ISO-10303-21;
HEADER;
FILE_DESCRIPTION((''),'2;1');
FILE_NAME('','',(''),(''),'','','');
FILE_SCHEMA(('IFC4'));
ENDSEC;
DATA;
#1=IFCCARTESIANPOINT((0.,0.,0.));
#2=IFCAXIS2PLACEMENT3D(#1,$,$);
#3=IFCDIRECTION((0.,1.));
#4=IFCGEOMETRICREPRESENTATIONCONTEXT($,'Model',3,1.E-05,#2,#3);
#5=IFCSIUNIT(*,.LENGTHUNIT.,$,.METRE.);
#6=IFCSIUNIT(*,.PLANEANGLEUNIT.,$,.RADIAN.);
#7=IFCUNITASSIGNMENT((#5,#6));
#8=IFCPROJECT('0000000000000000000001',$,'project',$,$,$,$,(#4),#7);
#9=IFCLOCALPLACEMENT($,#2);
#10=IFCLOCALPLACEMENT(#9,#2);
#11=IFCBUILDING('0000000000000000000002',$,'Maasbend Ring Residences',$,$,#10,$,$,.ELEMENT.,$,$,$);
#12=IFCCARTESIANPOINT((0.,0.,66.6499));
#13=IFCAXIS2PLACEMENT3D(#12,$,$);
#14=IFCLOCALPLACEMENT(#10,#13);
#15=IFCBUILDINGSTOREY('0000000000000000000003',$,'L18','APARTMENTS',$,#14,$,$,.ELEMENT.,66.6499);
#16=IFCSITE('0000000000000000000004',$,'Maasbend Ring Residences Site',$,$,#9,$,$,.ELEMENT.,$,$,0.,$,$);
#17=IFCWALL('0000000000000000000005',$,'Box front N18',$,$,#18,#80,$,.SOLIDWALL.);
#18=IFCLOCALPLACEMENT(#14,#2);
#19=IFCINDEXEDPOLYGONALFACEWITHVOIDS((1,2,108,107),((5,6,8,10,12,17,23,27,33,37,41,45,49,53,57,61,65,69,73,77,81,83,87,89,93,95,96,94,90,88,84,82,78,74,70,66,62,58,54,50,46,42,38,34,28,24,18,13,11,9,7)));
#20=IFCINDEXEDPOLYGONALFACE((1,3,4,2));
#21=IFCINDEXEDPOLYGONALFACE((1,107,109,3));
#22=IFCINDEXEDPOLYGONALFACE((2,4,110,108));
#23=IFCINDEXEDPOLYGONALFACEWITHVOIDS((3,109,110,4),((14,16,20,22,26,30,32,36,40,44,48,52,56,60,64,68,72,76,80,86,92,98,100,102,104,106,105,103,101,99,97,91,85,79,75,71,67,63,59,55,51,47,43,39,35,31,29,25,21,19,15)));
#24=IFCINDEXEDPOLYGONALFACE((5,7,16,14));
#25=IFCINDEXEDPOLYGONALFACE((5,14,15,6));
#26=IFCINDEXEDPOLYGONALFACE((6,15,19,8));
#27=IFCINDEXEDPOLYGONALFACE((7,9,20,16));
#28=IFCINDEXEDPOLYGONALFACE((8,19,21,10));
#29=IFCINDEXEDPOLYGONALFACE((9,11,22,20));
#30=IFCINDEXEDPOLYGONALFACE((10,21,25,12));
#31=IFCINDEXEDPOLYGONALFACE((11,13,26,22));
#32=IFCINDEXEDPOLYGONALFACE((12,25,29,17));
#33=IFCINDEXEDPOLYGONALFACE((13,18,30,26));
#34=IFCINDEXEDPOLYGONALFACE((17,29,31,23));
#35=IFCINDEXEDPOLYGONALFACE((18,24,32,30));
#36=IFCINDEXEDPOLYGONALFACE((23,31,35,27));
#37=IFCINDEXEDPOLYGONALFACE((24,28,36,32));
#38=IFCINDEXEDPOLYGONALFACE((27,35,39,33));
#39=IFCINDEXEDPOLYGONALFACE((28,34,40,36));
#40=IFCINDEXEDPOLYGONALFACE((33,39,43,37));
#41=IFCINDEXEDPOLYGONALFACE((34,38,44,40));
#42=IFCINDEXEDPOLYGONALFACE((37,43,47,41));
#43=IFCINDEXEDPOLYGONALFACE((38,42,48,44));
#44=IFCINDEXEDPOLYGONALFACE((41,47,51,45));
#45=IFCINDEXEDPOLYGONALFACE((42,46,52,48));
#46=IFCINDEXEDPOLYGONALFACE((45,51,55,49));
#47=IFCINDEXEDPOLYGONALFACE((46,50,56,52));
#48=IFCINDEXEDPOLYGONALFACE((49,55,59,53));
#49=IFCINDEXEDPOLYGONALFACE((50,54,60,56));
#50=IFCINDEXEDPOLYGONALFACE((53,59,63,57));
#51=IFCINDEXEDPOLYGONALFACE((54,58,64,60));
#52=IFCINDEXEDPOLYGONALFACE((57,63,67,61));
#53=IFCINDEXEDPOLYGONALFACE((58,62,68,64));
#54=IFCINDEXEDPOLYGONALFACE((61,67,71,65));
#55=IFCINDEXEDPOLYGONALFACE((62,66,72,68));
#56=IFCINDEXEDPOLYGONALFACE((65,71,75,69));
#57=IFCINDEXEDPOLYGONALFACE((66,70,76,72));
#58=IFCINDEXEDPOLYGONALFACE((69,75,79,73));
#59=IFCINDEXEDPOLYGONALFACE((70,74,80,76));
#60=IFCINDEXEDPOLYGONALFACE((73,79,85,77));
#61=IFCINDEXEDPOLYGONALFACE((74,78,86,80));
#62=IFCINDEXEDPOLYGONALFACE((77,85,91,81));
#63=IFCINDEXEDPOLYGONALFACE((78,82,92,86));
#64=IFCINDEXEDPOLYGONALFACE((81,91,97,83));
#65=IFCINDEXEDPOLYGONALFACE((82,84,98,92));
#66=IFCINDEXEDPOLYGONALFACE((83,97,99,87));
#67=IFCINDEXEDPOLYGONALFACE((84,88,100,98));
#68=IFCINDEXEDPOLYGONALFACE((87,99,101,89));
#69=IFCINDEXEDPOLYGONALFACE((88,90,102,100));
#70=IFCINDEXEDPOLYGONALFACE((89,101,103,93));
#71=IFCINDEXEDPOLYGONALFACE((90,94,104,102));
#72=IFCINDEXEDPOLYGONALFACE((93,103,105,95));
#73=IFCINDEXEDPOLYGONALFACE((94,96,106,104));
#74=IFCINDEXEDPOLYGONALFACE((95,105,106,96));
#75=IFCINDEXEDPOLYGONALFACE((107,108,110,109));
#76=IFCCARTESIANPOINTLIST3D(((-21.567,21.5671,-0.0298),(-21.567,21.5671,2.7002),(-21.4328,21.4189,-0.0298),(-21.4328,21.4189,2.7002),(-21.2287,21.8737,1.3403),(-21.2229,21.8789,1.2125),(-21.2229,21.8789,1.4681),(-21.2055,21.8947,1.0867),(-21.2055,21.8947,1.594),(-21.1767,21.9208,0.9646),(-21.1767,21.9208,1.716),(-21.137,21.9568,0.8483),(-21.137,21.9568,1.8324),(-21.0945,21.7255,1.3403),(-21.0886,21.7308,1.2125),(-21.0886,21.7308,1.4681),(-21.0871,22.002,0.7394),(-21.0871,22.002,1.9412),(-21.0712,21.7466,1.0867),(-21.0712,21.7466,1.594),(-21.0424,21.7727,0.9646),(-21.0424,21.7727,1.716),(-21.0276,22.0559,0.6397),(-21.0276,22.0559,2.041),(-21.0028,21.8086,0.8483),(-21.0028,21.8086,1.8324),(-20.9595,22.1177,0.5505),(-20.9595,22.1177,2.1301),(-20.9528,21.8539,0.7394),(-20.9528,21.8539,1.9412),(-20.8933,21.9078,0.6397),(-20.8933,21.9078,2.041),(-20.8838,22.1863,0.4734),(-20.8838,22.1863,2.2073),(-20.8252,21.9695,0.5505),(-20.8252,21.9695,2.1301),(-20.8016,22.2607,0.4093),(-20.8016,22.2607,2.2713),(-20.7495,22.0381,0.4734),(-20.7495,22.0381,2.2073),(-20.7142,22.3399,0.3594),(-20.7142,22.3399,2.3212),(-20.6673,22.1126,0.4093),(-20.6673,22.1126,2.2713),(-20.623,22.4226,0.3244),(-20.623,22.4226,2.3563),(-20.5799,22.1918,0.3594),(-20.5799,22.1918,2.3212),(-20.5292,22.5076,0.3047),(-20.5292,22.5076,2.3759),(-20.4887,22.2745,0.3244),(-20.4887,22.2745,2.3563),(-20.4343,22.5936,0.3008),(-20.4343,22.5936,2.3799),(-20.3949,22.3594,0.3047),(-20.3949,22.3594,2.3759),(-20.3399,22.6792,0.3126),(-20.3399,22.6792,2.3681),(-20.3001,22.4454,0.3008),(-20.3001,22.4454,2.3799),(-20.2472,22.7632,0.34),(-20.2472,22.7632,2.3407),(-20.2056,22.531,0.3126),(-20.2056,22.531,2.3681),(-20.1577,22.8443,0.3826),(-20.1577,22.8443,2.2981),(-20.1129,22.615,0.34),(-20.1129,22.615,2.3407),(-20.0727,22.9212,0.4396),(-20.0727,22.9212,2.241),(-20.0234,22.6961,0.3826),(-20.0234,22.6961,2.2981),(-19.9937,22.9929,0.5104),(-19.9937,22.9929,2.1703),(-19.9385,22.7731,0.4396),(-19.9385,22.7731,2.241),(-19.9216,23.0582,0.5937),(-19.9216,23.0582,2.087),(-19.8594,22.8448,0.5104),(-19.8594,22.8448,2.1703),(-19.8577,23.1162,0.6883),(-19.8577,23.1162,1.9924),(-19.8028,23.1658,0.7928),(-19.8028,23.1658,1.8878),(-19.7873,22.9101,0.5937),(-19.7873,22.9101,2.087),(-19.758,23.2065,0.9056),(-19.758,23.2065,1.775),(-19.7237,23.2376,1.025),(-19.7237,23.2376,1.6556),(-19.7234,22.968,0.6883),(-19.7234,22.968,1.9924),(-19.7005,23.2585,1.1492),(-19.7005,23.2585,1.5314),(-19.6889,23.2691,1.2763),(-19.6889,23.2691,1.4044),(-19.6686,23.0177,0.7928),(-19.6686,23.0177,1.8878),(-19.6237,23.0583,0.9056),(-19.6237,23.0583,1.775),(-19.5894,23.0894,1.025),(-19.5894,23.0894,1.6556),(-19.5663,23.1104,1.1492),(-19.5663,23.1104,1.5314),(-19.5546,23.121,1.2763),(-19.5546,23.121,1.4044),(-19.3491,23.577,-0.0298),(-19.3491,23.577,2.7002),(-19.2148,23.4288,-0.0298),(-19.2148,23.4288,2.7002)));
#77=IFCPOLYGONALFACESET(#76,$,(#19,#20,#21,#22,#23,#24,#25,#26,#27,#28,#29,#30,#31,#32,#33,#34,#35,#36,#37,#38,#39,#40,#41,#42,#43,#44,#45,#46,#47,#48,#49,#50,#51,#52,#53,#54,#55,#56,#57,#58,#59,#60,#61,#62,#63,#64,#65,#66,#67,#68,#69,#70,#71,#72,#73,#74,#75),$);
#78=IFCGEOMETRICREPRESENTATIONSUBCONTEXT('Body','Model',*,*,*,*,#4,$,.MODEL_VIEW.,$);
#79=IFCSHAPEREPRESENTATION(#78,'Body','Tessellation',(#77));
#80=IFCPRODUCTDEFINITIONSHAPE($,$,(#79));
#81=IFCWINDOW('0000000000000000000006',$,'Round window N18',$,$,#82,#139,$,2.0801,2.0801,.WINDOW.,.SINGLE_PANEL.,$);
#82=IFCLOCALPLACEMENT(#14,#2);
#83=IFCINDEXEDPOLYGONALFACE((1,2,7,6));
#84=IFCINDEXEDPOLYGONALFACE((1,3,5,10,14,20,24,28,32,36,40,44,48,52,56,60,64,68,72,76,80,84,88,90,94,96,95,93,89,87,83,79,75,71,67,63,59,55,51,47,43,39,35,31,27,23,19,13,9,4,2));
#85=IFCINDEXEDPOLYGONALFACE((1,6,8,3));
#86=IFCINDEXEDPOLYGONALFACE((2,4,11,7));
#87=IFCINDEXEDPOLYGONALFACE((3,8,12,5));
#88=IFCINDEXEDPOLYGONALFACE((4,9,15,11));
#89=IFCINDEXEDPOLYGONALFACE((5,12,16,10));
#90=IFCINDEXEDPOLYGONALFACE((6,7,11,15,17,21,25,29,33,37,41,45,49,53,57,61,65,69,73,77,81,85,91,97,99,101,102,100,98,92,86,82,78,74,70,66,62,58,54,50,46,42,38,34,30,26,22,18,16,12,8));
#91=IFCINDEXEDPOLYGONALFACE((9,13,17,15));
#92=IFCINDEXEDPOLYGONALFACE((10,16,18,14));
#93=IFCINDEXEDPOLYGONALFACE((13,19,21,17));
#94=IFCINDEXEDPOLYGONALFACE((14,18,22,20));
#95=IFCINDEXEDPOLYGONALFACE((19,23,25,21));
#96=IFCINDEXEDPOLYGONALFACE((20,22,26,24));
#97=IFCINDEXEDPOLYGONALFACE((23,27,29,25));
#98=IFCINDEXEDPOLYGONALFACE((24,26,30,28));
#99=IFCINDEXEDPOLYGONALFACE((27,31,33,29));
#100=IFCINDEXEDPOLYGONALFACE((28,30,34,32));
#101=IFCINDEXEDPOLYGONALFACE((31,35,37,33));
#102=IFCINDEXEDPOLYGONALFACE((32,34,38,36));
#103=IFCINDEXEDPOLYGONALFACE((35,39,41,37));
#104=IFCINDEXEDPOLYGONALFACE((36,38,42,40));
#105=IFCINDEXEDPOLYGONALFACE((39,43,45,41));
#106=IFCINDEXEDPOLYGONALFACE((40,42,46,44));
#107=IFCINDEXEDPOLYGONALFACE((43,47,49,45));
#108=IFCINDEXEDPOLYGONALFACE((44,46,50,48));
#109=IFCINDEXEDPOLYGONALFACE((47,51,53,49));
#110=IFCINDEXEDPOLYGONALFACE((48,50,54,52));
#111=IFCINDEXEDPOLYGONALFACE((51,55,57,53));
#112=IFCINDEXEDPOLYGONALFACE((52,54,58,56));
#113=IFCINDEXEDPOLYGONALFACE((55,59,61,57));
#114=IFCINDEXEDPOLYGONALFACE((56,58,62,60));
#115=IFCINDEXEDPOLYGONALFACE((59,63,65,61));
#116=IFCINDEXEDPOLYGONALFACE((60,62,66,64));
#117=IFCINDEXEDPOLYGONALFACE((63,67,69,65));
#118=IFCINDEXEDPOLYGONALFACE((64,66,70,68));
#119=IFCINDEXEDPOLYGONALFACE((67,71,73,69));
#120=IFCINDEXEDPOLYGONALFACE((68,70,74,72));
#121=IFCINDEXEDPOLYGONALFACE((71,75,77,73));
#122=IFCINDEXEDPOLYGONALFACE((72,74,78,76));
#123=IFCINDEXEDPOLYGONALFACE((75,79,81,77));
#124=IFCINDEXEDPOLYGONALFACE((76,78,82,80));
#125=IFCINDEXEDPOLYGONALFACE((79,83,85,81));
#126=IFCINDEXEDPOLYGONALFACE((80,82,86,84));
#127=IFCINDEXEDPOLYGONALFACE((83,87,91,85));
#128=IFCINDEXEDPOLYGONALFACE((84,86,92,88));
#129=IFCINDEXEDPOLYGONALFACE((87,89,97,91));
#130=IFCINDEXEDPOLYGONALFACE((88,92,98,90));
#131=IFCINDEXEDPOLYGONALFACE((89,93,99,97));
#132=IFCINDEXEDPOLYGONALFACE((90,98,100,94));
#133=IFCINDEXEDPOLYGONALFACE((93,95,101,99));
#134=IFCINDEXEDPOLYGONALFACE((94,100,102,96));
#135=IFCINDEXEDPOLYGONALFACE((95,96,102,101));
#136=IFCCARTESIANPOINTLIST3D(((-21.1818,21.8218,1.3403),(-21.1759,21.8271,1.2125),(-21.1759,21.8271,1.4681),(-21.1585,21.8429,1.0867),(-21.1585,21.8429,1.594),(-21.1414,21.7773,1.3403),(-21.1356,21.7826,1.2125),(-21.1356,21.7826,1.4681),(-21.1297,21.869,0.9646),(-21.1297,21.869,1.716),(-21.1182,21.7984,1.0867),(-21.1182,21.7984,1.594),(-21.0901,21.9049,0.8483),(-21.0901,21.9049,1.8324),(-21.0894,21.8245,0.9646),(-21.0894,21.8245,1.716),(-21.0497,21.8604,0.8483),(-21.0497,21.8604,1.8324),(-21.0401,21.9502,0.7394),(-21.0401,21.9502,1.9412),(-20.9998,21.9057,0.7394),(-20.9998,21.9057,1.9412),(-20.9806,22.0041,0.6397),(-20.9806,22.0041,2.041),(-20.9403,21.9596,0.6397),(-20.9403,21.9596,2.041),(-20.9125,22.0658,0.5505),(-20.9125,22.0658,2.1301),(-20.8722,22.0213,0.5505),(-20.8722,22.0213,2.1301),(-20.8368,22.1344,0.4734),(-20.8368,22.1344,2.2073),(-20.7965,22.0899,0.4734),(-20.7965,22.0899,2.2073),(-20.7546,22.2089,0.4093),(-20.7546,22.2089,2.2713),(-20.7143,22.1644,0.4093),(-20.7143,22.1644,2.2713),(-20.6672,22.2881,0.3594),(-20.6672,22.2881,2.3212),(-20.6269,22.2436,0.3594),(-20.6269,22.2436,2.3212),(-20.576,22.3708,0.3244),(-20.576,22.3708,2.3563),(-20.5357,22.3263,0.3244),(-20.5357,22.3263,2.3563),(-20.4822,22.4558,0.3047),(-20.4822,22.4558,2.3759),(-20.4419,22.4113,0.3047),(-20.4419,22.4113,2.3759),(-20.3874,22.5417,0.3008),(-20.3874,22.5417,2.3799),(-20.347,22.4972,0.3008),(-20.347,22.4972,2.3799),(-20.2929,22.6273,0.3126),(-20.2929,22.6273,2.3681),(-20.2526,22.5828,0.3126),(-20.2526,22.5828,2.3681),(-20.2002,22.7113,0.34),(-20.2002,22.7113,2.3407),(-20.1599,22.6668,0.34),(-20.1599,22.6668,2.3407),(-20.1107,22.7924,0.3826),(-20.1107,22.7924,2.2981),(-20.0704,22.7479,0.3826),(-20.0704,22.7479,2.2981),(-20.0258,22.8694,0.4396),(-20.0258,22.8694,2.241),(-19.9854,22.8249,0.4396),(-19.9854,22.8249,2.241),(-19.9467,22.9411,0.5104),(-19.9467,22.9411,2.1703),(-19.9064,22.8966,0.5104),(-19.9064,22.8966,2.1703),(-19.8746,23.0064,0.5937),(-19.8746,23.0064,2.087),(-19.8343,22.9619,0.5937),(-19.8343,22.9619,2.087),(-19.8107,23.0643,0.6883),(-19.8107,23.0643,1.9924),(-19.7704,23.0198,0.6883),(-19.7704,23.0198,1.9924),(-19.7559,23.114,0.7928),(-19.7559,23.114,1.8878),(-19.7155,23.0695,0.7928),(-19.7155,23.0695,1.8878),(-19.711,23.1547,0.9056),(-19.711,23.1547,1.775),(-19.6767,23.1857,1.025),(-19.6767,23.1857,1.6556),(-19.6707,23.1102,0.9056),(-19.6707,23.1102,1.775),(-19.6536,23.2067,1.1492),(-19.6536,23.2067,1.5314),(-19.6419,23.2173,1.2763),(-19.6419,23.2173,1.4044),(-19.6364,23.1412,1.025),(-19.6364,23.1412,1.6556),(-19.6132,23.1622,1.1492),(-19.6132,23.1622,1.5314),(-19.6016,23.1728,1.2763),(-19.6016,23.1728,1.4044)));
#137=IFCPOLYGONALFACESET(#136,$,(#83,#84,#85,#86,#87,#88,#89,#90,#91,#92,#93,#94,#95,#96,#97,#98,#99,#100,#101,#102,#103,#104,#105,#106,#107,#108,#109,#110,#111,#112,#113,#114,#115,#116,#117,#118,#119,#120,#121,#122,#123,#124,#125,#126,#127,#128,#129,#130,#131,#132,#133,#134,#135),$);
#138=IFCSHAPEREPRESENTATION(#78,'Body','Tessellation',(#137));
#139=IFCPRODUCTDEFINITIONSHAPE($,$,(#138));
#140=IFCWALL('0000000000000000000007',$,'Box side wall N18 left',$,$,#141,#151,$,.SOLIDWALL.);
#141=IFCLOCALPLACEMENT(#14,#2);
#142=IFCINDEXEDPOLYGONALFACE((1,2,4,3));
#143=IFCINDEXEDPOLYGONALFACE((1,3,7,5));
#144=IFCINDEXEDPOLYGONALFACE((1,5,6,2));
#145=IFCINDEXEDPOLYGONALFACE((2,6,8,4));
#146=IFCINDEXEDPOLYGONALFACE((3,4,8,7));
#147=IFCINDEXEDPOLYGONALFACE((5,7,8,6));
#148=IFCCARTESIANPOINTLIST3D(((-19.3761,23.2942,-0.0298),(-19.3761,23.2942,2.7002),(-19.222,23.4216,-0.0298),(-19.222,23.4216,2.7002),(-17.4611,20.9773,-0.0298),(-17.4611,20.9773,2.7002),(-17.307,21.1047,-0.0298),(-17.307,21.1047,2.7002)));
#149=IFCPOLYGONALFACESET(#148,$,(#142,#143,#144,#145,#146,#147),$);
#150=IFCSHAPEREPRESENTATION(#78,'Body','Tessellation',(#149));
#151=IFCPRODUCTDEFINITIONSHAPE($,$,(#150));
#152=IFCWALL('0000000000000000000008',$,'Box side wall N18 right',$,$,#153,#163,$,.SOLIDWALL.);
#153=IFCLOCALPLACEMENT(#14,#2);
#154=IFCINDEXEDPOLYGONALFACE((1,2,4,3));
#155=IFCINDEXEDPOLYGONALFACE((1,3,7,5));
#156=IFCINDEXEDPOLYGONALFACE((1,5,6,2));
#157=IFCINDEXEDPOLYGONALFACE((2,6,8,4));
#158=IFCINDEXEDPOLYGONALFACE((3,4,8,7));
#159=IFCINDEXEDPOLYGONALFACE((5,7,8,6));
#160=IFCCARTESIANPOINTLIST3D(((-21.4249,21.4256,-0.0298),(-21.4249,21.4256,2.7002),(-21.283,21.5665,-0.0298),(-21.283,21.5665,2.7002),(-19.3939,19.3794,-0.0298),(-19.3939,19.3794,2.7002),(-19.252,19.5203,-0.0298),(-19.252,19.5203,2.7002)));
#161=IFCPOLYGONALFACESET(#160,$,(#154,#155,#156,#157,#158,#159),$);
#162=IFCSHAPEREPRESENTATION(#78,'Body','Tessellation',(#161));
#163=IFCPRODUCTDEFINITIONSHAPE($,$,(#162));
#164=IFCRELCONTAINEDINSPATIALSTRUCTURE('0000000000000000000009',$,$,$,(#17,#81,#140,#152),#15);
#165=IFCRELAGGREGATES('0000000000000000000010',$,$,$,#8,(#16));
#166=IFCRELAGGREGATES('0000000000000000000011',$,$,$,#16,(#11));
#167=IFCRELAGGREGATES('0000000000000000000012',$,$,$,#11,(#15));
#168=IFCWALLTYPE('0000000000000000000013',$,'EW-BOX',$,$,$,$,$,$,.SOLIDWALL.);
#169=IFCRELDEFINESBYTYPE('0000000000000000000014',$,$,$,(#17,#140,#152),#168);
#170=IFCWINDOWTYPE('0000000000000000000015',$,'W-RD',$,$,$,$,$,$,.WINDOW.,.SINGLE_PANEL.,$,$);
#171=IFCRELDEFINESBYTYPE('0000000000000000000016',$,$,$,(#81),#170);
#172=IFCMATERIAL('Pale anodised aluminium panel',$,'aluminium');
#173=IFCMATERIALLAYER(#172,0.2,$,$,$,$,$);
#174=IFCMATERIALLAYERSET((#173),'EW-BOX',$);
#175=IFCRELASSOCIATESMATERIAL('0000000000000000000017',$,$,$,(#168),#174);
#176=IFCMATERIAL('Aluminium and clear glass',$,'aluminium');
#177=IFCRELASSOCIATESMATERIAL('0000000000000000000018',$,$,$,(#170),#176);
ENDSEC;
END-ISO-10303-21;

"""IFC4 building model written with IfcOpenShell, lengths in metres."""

from ifc_helpers import new_model, si_unit, direction, frame, frame_2d, origin, place, context, subcontext, project, spatial, rectangle, circle, extrude, material, layer, layer_set, type_object, element, fill, save


model = new_model("IFC4")

# Units and contexts
model_context = context("Model", 3, precision=1e-05, world=origin(), true_north=direction((0.0, 1.0)))
body_context = subcontext(model_context, "Body", "Model", "MODEL_VIEW")
ifc_project = project(units=[si_unit("LENGTHUNIT", "METRE"), si_unit("PLANEANGLEUNIT", "RADIAN")], contexts=[model_context])

# Site, building, storey
site_placement = place(None, origin())
site = spatial("IfcSite", under=ifc_project, at=site_placement, Name="Maasbend Ring Residences Site", CompositionType="ELEMENT", RefElevation=0.0)
building_placement = place(site_placement, origin())
building = spatial("IfcBuilding", under=site, at=building_placement, Name="Maasbend Ring Residences", CompositionType="ELEMENT")
storey_placement = place(building_placement, frame((0.0, 0.0, 66.6499)))
storey = spatial("IfcBuildingStorey", under=building, at=storey_placement, Name="L18", Description="APARTMENTS", CompositionType="ELEMENT", Elevation=66.6499)

# Shared definitions
ifc_material_1 = material(Name="Pale anodised aluminium panel", Category="aluminium")
ifc_layer_1 = layer(ifc_material_1, 0.2)
ifc_layer_set_1 = layer_set([ifc_layer_1], Name="EW-BOX")
wall_type_1 = type_object("IfcWallType", Name="EW-BOX", PredefinedType="SOLIDWALL", material=ifc_layer_set_1)
ifc_material_2 = material(Name="Aluminium and clear glass", Category="aluminium")
window_type_1 = type_object("IfcWindowType", Name="W-RD", PartitioningType="SINGLE_PANEL", PredefinedType="WINDOW", material=ifc_material_2)

# Wall, opening, window
wall_1_placement = place(storey_placement, frame((-19.282, 23.5029, -0.0298), z_axis=(0.0, 0.0, 1.0), x_axis=(-0.740998, -0.671507, 0.0)))
wall_1 = element("IfcWall", 1, at=wall_1_placement, inside=storey, type_object=wall_type_1, Name="Box front N18", PredefinedType="SOLIDWALL", context=body_context, shape_type="SweptSolid", body=[
    extrude(rectangle(XDim=2.9932, YDim=0.2, at=frame_2d((1.4966, 0.0))), origin(), (0.0, 0.0, 1.0), 2.73),
])
opening_1_placement = place(wall_1_placement, frame((0.4565, 0.0, 0.3301)))
opening_1 = element("IfcOpeningElement", 2, at=opening_1_placement, cuts=wall_1, PredefinedType="OPENING", context=body_context, shape_type="SweptSolid", body=[
    extrude(circle(Radius=1.04, at=frame_2d((1.04, 1.04))), frame((0.0, 0.1099, 0.0), z_axis=(0.0, -1.0, 0.0), x_axis=(1.0, 0.0, 0.0)), (0.0, 0.0, 1.0), 0.22),
])
window_1_placement = place(opening_1_placement, origin())
window_1 = element("IfcWindow", 3, at=window_1_placement, inside=storey, type_object=window_type_1, Name="Round window N18", OverallHeight=2.0801, OverallWidth=2.0801, PartitioningType="SINGLE_PANEL", PredefinedType="WINDOW", context=body_context, shape_type="SweptSolid", body=[
    extrude(circle(Radius=1.04, at=frame_2d((1.04, 1.04))), frame((0.0, 0.03, 0.0), z_axis=(0.0, -1.0, 0.0), x_axis=(1.0, 0.0, 0.0)), (0.0, 0.0, 1.0), 0.0601),
])
fill(opening_1, window_1)

# Walls
wall_2_placement = place(storey_placement, frame((-17.384, 21.041, -0.0298), z_axis=(0.0, 0.0, 1.0), x_axis=(-0.637096, 0.770785, 0.0)))
element("IfcWall", 4, at=wall_2_placement, inside=storey, type_object=wall_type_1, Name="Box side wall N18 left", PredefinedType="SOLIDWALL", context=body_context, shape_type="SweptSolid", body=[
    extrude(rectangle(XDim=3.0059, YDim=0.2, at=frame_2d((1.5029, 0.0))), origin(), (0.0, 0.0, 1.0), 2.73),
])
wall_3_placement = place(storey_placement, frame((-19.323, 19.45, -0.0298), z_axis=(0.0, 0.0, 1.0), x_axis=(-0.704477, 0.709727, 0.0)))
element("IfcWall", 5, at=wall_3_placement, inside=storey, type_object=wall_type_1, Name="Box side wall N18 right", PredefinedType="SOLIDWALL", context=body_context, shape_type="SweptSolid", body=[
    extrude(rectangle(XDim=2.8831, YDim=0.2, at=frame_2d((1.4414, 0.0))), origin(), (0.0, 0.0, 1.0), 2.73),
])

save(model, "model.ifc")
